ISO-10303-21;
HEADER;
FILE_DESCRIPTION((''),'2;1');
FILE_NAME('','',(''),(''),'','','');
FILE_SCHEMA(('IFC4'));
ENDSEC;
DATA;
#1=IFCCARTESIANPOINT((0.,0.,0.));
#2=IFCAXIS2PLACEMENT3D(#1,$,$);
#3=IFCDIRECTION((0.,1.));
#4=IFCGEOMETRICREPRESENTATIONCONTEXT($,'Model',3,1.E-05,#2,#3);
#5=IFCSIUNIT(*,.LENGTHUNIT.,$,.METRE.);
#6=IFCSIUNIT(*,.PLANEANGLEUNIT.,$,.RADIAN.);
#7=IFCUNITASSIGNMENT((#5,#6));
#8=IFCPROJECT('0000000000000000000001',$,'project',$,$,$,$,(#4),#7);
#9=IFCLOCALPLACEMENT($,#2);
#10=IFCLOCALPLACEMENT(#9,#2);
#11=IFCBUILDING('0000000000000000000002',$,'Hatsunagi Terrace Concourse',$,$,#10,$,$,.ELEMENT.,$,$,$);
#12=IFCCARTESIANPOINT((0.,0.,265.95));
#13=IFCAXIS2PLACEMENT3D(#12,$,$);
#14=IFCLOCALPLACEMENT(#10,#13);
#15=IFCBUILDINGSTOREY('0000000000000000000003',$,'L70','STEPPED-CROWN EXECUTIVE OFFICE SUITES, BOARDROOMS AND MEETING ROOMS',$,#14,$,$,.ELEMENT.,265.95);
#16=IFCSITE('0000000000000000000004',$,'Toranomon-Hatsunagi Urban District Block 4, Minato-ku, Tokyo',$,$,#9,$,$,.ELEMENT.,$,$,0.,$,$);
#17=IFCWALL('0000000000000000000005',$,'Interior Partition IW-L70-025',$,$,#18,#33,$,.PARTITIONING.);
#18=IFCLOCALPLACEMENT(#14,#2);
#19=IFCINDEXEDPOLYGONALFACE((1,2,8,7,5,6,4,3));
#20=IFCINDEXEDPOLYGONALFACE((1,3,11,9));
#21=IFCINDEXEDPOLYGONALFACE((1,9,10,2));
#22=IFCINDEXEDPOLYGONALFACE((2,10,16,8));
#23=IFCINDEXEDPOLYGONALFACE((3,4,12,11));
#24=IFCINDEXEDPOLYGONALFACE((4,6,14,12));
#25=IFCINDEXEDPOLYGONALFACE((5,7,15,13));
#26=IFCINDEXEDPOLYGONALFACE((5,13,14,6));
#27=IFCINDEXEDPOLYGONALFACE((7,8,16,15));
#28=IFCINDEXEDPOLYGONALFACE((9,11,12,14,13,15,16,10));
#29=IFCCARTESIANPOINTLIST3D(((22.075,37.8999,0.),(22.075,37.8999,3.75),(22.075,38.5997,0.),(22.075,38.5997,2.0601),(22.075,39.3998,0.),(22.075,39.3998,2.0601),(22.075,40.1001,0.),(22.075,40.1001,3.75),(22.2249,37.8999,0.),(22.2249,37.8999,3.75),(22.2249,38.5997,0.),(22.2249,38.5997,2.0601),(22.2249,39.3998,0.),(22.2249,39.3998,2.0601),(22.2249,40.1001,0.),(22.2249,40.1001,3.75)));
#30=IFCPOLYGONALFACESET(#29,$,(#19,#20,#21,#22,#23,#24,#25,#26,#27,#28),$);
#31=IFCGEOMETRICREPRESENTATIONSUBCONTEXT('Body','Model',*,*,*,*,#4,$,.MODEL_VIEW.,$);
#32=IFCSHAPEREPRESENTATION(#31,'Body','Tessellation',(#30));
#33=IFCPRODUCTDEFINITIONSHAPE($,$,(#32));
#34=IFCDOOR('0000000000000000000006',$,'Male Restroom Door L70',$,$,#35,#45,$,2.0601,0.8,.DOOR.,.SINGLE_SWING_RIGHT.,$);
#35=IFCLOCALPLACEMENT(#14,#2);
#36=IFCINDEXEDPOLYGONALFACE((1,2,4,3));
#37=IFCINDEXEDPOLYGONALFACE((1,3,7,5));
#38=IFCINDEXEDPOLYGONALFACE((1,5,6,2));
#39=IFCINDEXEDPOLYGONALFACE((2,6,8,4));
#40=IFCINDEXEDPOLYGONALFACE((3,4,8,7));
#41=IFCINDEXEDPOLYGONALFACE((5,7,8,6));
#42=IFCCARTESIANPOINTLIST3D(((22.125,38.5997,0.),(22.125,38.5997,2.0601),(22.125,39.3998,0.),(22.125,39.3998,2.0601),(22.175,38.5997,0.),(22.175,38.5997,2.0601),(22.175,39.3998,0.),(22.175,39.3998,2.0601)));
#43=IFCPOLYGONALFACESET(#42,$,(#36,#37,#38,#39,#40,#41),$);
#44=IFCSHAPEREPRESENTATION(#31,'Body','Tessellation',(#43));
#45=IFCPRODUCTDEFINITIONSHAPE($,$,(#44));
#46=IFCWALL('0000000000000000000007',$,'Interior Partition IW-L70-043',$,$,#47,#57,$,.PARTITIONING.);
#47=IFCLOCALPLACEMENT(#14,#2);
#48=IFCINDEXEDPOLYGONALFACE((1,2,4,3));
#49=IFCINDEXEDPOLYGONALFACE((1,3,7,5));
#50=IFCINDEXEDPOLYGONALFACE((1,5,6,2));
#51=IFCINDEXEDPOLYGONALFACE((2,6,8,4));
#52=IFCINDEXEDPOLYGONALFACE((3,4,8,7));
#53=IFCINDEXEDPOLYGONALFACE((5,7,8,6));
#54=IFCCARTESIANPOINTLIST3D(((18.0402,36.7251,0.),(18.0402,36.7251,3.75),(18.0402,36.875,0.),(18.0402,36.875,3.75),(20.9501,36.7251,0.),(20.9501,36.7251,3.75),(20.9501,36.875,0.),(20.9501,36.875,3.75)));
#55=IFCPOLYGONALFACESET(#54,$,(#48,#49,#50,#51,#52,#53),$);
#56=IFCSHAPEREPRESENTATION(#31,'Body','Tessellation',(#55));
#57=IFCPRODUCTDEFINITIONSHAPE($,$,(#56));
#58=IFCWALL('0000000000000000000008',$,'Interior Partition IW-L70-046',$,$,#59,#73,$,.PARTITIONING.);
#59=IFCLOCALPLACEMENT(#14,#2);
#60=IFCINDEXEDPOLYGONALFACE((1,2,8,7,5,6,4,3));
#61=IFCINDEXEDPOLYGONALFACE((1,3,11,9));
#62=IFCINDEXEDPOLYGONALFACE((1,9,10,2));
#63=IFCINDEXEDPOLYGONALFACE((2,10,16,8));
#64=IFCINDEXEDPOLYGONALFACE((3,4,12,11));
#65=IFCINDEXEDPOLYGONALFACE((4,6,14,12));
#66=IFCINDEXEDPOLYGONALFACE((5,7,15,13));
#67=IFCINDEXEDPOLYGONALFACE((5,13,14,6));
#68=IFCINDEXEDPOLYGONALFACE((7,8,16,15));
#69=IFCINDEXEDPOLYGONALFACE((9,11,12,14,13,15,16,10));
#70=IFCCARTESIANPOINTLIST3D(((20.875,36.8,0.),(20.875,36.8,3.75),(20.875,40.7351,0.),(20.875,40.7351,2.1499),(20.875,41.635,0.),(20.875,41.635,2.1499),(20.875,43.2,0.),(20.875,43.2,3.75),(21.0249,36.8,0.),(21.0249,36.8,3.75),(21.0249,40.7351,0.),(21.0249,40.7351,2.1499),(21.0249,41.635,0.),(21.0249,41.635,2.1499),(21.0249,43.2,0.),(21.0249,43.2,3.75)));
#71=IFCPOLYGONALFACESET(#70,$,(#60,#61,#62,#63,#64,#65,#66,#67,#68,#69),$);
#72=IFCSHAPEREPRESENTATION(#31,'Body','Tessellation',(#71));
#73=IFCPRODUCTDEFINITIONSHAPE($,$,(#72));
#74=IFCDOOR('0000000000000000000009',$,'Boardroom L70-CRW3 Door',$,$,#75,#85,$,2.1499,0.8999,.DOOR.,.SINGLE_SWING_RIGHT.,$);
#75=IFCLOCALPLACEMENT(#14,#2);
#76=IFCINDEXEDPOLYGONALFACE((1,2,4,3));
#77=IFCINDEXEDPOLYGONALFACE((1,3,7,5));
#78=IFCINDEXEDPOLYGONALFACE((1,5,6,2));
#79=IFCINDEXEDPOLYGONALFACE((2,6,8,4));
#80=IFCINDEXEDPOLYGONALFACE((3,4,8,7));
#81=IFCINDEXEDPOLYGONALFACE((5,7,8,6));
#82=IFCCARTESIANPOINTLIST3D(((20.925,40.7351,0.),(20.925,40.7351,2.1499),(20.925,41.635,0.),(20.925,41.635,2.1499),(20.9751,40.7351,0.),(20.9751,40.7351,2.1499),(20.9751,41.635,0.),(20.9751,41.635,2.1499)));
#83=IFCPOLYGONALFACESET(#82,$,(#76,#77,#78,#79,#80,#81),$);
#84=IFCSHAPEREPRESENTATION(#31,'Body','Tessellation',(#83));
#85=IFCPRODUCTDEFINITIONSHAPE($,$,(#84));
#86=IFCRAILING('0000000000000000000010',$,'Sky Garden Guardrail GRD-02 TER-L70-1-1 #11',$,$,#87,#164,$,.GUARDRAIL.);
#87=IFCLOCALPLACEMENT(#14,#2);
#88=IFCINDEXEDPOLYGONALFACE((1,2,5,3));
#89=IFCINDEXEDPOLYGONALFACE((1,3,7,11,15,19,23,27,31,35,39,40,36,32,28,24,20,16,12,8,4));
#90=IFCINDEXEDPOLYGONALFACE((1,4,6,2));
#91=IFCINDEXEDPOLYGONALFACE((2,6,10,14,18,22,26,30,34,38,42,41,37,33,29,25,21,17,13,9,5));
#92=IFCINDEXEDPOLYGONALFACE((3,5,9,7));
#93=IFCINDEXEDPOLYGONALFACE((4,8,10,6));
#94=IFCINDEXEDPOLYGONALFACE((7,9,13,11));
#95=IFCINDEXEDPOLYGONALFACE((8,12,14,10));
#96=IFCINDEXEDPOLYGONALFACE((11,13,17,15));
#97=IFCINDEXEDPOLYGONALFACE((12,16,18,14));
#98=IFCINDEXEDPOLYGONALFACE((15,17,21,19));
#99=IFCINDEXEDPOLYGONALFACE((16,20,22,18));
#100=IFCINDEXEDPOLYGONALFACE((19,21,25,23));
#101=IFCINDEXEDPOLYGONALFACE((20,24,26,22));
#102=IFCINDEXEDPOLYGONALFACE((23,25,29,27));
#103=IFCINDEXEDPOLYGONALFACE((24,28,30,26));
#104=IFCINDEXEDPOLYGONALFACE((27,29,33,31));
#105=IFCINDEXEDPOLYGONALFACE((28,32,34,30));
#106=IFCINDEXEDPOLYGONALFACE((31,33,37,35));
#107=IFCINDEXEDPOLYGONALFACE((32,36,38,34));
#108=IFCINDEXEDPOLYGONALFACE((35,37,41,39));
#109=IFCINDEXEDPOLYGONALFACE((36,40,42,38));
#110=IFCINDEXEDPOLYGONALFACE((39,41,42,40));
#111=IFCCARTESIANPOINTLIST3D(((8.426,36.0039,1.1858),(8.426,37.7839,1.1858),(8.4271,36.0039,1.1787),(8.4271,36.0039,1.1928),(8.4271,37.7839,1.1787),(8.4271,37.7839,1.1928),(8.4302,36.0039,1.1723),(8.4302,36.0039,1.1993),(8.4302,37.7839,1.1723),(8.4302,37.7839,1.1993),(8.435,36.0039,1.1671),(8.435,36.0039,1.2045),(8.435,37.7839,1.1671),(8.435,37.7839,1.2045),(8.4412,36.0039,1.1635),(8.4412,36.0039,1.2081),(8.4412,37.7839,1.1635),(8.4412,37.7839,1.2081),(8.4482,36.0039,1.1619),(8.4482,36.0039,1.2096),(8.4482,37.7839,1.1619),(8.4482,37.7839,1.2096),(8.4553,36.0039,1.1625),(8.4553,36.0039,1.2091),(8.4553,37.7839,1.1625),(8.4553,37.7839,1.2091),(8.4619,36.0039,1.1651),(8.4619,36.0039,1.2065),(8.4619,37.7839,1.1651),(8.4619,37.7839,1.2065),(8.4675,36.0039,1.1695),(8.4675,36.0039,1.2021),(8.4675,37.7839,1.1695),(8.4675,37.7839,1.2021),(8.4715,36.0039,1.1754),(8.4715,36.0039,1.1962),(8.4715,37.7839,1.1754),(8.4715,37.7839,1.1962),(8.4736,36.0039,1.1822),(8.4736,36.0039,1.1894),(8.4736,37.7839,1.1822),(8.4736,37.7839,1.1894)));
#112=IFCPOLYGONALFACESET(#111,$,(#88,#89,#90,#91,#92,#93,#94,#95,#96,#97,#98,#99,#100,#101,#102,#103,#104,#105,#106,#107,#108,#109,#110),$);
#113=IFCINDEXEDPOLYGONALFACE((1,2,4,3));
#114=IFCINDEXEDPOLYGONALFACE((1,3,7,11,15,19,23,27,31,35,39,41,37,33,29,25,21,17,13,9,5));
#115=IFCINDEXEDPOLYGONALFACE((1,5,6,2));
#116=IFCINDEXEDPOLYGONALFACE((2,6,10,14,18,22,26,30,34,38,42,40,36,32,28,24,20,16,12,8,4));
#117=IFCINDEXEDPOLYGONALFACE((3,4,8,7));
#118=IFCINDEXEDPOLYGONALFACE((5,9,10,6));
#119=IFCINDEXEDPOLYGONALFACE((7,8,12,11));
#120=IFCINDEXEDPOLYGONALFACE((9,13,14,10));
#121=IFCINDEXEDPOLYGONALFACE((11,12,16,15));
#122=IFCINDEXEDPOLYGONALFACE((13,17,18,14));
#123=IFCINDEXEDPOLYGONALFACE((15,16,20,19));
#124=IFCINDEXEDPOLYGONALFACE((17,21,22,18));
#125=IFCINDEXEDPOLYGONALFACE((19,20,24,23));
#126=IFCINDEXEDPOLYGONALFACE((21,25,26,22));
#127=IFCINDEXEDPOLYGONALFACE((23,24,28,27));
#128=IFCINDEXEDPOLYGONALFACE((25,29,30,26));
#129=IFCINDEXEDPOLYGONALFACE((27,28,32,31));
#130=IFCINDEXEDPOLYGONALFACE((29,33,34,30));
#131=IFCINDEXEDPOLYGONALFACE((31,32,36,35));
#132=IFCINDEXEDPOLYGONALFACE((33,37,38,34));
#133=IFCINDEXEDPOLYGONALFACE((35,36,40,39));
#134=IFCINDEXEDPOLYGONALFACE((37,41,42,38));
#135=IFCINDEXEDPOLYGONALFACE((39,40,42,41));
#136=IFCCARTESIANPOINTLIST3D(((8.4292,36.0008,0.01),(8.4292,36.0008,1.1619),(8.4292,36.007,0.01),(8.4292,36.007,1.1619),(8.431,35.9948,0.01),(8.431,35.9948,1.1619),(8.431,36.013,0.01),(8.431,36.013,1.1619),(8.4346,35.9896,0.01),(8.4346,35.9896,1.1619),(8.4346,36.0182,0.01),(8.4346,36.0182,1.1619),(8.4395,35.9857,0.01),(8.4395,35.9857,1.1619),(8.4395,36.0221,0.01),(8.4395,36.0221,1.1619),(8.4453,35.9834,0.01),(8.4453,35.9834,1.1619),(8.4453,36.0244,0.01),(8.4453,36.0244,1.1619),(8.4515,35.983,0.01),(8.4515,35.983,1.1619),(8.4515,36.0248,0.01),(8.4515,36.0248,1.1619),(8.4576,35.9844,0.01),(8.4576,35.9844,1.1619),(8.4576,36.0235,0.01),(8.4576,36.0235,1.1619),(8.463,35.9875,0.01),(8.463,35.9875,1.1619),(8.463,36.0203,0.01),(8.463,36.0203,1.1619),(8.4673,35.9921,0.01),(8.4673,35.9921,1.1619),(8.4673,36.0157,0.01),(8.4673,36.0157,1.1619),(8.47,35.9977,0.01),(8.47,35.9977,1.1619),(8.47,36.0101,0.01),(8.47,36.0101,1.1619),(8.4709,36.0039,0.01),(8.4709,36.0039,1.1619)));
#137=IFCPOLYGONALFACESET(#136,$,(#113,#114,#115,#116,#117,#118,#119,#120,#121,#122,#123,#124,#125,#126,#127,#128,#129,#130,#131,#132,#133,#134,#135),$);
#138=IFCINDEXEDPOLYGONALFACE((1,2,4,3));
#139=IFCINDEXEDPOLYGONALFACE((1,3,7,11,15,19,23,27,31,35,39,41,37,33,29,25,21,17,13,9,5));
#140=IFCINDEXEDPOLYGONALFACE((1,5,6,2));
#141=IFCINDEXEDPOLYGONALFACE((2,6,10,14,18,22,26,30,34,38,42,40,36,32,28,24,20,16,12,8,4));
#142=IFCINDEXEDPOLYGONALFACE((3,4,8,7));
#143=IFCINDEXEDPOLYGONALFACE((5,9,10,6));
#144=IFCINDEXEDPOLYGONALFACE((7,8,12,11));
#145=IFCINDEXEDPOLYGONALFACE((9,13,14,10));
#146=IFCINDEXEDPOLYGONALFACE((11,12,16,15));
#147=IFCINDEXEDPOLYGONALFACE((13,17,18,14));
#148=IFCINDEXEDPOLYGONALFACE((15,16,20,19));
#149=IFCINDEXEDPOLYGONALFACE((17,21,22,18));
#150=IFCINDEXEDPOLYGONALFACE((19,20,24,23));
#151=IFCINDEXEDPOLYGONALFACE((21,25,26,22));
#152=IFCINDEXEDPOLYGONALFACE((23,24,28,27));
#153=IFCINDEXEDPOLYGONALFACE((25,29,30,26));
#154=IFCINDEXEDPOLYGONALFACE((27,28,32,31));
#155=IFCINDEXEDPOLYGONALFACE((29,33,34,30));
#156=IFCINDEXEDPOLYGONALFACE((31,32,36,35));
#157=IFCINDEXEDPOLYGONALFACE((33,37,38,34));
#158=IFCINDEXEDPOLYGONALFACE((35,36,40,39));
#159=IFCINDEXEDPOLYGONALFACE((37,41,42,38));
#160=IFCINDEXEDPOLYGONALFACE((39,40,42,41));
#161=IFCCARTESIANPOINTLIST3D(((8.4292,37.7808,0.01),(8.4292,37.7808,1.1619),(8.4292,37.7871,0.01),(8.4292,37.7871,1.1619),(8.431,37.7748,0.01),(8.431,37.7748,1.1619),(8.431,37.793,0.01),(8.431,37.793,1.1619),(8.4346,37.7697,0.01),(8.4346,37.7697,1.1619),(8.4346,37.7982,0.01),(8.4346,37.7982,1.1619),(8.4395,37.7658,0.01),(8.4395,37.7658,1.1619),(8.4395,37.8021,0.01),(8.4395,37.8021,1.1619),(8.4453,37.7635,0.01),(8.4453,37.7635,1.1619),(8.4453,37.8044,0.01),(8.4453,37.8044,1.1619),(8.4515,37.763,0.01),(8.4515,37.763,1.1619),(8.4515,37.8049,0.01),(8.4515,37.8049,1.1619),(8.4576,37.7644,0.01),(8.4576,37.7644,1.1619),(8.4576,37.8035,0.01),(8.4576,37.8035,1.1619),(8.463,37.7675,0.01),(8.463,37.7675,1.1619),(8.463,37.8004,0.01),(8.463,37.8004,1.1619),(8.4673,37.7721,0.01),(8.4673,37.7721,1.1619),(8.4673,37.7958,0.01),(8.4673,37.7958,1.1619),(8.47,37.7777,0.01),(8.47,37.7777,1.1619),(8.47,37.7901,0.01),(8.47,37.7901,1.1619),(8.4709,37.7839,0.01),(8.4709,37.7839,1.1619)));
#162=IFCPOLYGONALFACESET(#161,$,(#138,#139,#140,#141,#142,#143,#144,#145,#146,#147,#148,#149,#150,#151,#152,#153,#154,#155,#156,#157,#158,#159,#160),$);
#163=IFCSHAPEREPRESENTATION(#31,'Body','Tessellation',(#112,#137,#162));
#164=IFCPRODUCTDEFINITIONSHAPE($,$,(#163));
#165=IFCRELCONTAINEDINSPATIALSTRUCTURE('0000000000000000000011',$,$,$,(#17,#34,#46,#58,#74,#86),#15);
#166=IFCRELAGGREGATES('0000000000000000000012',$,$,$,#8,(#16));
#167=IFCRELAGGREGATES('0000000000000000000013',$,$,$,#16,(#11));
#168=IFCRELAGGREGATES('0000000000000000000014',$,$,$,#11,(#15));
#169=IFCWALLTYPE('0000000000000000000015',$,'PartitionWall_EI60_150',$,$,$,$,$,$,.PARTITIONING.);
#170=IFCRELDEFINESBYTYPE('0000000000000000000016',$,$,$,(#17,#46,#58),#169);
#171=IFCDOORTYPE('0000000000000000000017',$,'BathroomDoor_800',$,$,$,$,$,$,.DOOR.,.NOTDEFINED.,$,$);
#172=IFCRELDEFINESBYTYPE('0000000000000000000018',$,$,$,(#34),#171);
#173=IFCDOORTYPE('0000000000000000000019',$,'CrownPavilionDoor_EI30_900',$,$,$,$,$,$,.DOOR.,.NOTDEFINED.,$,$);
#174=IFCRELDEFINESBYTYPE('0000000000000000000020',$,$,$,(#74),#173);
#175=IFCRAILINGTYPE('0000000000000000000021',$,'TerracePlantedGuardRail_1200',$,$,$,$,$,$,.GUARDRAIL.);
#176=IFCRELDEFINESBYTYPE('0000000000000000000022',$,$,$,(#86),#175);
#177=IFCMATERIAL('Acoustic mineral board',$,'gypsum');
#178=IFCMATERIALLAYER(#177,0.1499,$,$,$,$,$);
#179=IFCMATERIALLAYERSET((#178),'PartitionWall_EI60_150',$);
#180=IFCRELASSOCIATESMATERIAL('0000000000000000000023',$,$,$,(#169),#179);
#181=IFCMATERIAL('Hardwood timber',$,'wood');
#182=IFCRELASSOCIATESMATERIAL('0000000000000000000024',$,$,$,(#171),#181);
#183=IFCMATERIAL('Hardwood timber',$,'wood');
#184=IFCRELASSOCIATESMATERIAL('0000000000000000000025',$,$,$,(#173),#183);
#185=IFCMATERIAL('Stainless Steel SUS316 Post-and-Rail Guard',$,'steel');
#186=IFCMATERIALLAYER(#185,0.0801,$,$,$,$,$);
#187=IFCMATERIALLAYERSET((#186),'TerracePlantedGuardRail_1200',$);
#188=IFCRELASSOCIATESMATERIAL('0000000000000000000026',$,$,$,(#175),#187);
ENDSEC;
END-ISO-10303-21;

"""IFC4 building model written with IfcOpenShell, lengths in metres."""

from ifc_helpers import new_model, si_unit, direction, frame, frame_2d, origin, origin_2d, place, context, subcontext, project, spatial, rectangle, circle, extrude, material, layer, layer_set, type_object, element, fill, save


model = new_model("IFC4")

# Units and contexts
model_context = context("Model", 3, precision=1e-05, world=origin(), true_north=direction((0.0, 1.0)))
body_context = subcontext(model_context, "Body", "Model", "MODEL_VIEW")
ifc_project = project(units=[si_unit("LENGTHUNIT", "METRE"), si_unit("PLANEANGLEUNIT", "RADIAN")], contexts=[model_context])

# Site, building, storey
site_placement = place(None, origin())
site = spatial("IfcSite", under=ifc_project, at=site_placement, Name="Toranomon-Hatsunagi Urban District Block 4, Minato-ku, Tokyo", CompositionType="ELEMENT", RefElevation=0.0)
building_placement = place(site_placement, origin())
building = spatial("IfcBuilding", under=site, at=building_placement, Name="Hatsunagi Terrace Concourse", CompositionType="ELEMENT")
storey_placement = place(building_placement, frame((0.0, 0.0, 265.95)))
storey = spatial("IfcBuildingStorey", under=building, at=storey_placement, Name="L70", Description="STEPPED-CROWN EXECUTIVE OFFICE SUITES, BOARDROOMS AND MEETING ROOMS", CompositionType="ELEMENT", Elevation=265.95)

# Shared definitions
ifc_material_1 = material(Name="Acoustic mineral board", Category="gypsum")
ifc_layer_1 = layer(ifc_material_1, 0.1499)
ifc_layer_set_1 = layer_set([ifc_layer_1], Name="PartitionWall_EI60_150")
wall_type = type_object("IfcWallType", Name="PartitionWall_EI60_150", PredefinedType="PARTITIONING", material=ifc_layer_set_1)

# Wall, opening, door
ifc_material_2 = material(Name="Hardwood timber", Category="wood")
door_type_1 = type_object("IfcDoorType", Name="BathroomDoor_800", OperationType="NOTDEFINED", PredefinedType="DOOR", material=ifc_material_2)
wall_1_placement = place(storey_placement, frame((22.1499, 37.8999, 0.0), z_axis=(0.0, 0.0, 1.0), x_axis=(0.0, 1.0, 0.0)))
wall_1 = element("IfcWall", 1, at=wall_1_placement, inside=storey, type_object=wall_type, Name="Interior Partition IW-L70-025", PredefinedType="PARTITIONING", context=body_context, shape_type="SweptSolid", body=[
    extrude(rectangle(XDim=2.2002, YDim=0.1499, at=frame_2d((1.1001, 0.0))), origin(), (0.0, 0.0, 1.0), 3.75),
])
opening_1_placement = place(wall_1_placement, frame((0.7, 0.0, 0.0)))
opening_1 = element("IfcOpeningElement", 2, at=opening_1_placement, cuts=wall_1, PredefinedType="OPENING", context=body_context, shape_type="SweptSolid", body=[
    extrude(rectangle(XDim=0.8, YDim=2.0601, at=frame_2d((0.3999, 1.03))), frame((0.0, 0.085, 0.0), z_axis=(0.0, -1.0, 0.0), x_axis=(1.0, 0.0, 0.0)), (0.0, 0.0, 1.0), 0.1699),
])
door_1_placement = place(opening_1_placement, origin())
door_1 = element("IfcDoor", 3, at=door_1_placement, inside=storey, type_object=door_type_1, Name="Male Restroom Door L70", OperationType="SINGLE_SWING_RIGHT", OverallHeight=2.0601, OverallWidth=0.8, PredefinedType="DOOR", context=body_context, shape_type="SweptSolid", body=[
    extrude(rectangle(XDim=0.8, YDim=2.0601, at=frame_2d((0.3999, 1.03))), frame((0.0, 0.0249, 0.0), z_axis=(0.0, -1.0, 0.0), x_axis=(1.0, 0.0, 0.0)), (0.0, 0.0, 1.0), 0.05),
])
fill(opening_1, door_1)

# Wall
wall_2_placement = place(storey_placement, frame((18.04, 36.8, 0.0), z_axis=(0.0, 0.0, 1.0), x_axis=(1.0, 0.0, 0.0)))
element("IfcWall", 4, at=wall_2_placement, inside=storey, type_object=wall_type, Name="Interior Partition IW-L70-043", PredefinedType="PARTITIONING", context=body_context, shape_type="SweptSolid", body=[
    extrude(rectangle(XDim=2.9099, YDim=0.1499, at=frame_2d((1.4551, 0.0))), origin(), (0.0, 0.0, 1.0), 3.75),
])

# Wall, opening, door
wall_3_placement = place(storey_placement, frame((20.95, 36.8, 0.0), z_axis=(0.0, 0.0, 1.0), x_axis=(0.0, 1.0, 0.0)))
wall_3 = element("IfcWall", 5, at=wall_3_placement, inside=storey, type_object=wall_type, Name="Interior Partition IW-L70-046", PredefinedType="PARTITIONING", context=body_context, shape_type="SweptSolid", body=[
    extrude(rectangle(XDim=6.3999, YDim=0.1499, at=frame_2d((3.2, 0.0))), origin(), (0.0, 0.0, 1.0), 3.75),
])
opening_2_placement = place(wall_3_placement, frame((3.9351, 0.0, 0.0)))
opening_2 = element("IfcOpeningElement", 6, at=opening_2_placement, cuts=wall_3, PredefinedType="OPENING", context=body_context, shape_type="SweptSolid", body=[
    extrude(rectangle(XDim=0.8999, YDim=2.1499, at=frame_2d((0.45, 1.075))), frame((0.0, 0.085, 0.0), z_axis=(0.0, -1.0, 0.0), x_axis=(1.0, 0.0, 0.0)), (0.0, 0.0, 1.0), 0.1699),
])
ifc_material_3 = material(Name="Hardwood timber", Category="wood")
door_type_2 = type_object("IfcDoorType", Name="CrownPavilionDoor_EI30_900", OperationType="NOTDEFINED", PredefinedType="DOOR", material=ifc_material_3)
door_2_placement = place(opening_2_placement, origin())
door_2 = element("IfcDoor", 7, at=door_2_placement, inside=storey, type_object=door_type_2, Name="Boardroom L70-CRW3 Door", OperationType="SINGLE_SWING_RIGHT", OverallHeight=2.1499, OverallWidth=0.8999, PredefinedType="DOOR", context=body_context, shape_type="SweptSolid", body=[
    extrude(rectangle(XDim=0.8999, YDim=2.1499, at=frame_2d((0.45, 1.075))), frame((0.0, 0.0249, 0.0), z_axis=(0.0, -1.0, 0.0), x_axis=(1.0, 0.0, 0.0)), (0.0, 0.0, 1.0), 0.05),
])
fill(opening_2, door_2)

# Railing
ifc_material_4 = material(Name="Stainless Steel SUS316 Post-and-Rail Guard", Category="steel")
ifc_layer_2 = layer(ifc_material_4, 0.0801)
ifc_layer_set_2 = layer_set([ifc_layer_2], Name="TerracePlantedGuardRail_1200")
railing_type = type_object("IfcRailingType", Name="TerracePlantedGuardRail_1200", PredefinedType="GUARDRAIL", material=ifc_layer_set_2)
for number, where, name in (
    (8, (8.45, 36.0039, 0.01), "Sky Garden Guardrail GRD-02 TER-L70-1-1 #11"),
):
    element("IfcRailing", number, at=place(storey_placement, frame(where)), inside=storey, type_object=railing_type, Name=name, PredefinedType="GUARDRAIL", context=body_context, shape_type="SweptSolid", body=[
        extrude(circle(Radius=0.0239, at=origin_2d()), frame((0.0, 0.0, 1.1758), z_axis=(0.0, 1.0, 0.0), x_axis=(-1.0, 0.0, 0.0)), (0.0, 0.0, 1.0), 1.78),
        extrude(circle(Radius=0.021, at=origin_2d()), origin(), (0.0, 0.0, 1.0), 1.1519),
        extrude(circle(Radius=0.021, at=origin_2d()), frame((0.0, 1.78, 0.0)), (0.0, 0.0, 1.0), 1.1519),
    ])

save(model, "model.ifc")
